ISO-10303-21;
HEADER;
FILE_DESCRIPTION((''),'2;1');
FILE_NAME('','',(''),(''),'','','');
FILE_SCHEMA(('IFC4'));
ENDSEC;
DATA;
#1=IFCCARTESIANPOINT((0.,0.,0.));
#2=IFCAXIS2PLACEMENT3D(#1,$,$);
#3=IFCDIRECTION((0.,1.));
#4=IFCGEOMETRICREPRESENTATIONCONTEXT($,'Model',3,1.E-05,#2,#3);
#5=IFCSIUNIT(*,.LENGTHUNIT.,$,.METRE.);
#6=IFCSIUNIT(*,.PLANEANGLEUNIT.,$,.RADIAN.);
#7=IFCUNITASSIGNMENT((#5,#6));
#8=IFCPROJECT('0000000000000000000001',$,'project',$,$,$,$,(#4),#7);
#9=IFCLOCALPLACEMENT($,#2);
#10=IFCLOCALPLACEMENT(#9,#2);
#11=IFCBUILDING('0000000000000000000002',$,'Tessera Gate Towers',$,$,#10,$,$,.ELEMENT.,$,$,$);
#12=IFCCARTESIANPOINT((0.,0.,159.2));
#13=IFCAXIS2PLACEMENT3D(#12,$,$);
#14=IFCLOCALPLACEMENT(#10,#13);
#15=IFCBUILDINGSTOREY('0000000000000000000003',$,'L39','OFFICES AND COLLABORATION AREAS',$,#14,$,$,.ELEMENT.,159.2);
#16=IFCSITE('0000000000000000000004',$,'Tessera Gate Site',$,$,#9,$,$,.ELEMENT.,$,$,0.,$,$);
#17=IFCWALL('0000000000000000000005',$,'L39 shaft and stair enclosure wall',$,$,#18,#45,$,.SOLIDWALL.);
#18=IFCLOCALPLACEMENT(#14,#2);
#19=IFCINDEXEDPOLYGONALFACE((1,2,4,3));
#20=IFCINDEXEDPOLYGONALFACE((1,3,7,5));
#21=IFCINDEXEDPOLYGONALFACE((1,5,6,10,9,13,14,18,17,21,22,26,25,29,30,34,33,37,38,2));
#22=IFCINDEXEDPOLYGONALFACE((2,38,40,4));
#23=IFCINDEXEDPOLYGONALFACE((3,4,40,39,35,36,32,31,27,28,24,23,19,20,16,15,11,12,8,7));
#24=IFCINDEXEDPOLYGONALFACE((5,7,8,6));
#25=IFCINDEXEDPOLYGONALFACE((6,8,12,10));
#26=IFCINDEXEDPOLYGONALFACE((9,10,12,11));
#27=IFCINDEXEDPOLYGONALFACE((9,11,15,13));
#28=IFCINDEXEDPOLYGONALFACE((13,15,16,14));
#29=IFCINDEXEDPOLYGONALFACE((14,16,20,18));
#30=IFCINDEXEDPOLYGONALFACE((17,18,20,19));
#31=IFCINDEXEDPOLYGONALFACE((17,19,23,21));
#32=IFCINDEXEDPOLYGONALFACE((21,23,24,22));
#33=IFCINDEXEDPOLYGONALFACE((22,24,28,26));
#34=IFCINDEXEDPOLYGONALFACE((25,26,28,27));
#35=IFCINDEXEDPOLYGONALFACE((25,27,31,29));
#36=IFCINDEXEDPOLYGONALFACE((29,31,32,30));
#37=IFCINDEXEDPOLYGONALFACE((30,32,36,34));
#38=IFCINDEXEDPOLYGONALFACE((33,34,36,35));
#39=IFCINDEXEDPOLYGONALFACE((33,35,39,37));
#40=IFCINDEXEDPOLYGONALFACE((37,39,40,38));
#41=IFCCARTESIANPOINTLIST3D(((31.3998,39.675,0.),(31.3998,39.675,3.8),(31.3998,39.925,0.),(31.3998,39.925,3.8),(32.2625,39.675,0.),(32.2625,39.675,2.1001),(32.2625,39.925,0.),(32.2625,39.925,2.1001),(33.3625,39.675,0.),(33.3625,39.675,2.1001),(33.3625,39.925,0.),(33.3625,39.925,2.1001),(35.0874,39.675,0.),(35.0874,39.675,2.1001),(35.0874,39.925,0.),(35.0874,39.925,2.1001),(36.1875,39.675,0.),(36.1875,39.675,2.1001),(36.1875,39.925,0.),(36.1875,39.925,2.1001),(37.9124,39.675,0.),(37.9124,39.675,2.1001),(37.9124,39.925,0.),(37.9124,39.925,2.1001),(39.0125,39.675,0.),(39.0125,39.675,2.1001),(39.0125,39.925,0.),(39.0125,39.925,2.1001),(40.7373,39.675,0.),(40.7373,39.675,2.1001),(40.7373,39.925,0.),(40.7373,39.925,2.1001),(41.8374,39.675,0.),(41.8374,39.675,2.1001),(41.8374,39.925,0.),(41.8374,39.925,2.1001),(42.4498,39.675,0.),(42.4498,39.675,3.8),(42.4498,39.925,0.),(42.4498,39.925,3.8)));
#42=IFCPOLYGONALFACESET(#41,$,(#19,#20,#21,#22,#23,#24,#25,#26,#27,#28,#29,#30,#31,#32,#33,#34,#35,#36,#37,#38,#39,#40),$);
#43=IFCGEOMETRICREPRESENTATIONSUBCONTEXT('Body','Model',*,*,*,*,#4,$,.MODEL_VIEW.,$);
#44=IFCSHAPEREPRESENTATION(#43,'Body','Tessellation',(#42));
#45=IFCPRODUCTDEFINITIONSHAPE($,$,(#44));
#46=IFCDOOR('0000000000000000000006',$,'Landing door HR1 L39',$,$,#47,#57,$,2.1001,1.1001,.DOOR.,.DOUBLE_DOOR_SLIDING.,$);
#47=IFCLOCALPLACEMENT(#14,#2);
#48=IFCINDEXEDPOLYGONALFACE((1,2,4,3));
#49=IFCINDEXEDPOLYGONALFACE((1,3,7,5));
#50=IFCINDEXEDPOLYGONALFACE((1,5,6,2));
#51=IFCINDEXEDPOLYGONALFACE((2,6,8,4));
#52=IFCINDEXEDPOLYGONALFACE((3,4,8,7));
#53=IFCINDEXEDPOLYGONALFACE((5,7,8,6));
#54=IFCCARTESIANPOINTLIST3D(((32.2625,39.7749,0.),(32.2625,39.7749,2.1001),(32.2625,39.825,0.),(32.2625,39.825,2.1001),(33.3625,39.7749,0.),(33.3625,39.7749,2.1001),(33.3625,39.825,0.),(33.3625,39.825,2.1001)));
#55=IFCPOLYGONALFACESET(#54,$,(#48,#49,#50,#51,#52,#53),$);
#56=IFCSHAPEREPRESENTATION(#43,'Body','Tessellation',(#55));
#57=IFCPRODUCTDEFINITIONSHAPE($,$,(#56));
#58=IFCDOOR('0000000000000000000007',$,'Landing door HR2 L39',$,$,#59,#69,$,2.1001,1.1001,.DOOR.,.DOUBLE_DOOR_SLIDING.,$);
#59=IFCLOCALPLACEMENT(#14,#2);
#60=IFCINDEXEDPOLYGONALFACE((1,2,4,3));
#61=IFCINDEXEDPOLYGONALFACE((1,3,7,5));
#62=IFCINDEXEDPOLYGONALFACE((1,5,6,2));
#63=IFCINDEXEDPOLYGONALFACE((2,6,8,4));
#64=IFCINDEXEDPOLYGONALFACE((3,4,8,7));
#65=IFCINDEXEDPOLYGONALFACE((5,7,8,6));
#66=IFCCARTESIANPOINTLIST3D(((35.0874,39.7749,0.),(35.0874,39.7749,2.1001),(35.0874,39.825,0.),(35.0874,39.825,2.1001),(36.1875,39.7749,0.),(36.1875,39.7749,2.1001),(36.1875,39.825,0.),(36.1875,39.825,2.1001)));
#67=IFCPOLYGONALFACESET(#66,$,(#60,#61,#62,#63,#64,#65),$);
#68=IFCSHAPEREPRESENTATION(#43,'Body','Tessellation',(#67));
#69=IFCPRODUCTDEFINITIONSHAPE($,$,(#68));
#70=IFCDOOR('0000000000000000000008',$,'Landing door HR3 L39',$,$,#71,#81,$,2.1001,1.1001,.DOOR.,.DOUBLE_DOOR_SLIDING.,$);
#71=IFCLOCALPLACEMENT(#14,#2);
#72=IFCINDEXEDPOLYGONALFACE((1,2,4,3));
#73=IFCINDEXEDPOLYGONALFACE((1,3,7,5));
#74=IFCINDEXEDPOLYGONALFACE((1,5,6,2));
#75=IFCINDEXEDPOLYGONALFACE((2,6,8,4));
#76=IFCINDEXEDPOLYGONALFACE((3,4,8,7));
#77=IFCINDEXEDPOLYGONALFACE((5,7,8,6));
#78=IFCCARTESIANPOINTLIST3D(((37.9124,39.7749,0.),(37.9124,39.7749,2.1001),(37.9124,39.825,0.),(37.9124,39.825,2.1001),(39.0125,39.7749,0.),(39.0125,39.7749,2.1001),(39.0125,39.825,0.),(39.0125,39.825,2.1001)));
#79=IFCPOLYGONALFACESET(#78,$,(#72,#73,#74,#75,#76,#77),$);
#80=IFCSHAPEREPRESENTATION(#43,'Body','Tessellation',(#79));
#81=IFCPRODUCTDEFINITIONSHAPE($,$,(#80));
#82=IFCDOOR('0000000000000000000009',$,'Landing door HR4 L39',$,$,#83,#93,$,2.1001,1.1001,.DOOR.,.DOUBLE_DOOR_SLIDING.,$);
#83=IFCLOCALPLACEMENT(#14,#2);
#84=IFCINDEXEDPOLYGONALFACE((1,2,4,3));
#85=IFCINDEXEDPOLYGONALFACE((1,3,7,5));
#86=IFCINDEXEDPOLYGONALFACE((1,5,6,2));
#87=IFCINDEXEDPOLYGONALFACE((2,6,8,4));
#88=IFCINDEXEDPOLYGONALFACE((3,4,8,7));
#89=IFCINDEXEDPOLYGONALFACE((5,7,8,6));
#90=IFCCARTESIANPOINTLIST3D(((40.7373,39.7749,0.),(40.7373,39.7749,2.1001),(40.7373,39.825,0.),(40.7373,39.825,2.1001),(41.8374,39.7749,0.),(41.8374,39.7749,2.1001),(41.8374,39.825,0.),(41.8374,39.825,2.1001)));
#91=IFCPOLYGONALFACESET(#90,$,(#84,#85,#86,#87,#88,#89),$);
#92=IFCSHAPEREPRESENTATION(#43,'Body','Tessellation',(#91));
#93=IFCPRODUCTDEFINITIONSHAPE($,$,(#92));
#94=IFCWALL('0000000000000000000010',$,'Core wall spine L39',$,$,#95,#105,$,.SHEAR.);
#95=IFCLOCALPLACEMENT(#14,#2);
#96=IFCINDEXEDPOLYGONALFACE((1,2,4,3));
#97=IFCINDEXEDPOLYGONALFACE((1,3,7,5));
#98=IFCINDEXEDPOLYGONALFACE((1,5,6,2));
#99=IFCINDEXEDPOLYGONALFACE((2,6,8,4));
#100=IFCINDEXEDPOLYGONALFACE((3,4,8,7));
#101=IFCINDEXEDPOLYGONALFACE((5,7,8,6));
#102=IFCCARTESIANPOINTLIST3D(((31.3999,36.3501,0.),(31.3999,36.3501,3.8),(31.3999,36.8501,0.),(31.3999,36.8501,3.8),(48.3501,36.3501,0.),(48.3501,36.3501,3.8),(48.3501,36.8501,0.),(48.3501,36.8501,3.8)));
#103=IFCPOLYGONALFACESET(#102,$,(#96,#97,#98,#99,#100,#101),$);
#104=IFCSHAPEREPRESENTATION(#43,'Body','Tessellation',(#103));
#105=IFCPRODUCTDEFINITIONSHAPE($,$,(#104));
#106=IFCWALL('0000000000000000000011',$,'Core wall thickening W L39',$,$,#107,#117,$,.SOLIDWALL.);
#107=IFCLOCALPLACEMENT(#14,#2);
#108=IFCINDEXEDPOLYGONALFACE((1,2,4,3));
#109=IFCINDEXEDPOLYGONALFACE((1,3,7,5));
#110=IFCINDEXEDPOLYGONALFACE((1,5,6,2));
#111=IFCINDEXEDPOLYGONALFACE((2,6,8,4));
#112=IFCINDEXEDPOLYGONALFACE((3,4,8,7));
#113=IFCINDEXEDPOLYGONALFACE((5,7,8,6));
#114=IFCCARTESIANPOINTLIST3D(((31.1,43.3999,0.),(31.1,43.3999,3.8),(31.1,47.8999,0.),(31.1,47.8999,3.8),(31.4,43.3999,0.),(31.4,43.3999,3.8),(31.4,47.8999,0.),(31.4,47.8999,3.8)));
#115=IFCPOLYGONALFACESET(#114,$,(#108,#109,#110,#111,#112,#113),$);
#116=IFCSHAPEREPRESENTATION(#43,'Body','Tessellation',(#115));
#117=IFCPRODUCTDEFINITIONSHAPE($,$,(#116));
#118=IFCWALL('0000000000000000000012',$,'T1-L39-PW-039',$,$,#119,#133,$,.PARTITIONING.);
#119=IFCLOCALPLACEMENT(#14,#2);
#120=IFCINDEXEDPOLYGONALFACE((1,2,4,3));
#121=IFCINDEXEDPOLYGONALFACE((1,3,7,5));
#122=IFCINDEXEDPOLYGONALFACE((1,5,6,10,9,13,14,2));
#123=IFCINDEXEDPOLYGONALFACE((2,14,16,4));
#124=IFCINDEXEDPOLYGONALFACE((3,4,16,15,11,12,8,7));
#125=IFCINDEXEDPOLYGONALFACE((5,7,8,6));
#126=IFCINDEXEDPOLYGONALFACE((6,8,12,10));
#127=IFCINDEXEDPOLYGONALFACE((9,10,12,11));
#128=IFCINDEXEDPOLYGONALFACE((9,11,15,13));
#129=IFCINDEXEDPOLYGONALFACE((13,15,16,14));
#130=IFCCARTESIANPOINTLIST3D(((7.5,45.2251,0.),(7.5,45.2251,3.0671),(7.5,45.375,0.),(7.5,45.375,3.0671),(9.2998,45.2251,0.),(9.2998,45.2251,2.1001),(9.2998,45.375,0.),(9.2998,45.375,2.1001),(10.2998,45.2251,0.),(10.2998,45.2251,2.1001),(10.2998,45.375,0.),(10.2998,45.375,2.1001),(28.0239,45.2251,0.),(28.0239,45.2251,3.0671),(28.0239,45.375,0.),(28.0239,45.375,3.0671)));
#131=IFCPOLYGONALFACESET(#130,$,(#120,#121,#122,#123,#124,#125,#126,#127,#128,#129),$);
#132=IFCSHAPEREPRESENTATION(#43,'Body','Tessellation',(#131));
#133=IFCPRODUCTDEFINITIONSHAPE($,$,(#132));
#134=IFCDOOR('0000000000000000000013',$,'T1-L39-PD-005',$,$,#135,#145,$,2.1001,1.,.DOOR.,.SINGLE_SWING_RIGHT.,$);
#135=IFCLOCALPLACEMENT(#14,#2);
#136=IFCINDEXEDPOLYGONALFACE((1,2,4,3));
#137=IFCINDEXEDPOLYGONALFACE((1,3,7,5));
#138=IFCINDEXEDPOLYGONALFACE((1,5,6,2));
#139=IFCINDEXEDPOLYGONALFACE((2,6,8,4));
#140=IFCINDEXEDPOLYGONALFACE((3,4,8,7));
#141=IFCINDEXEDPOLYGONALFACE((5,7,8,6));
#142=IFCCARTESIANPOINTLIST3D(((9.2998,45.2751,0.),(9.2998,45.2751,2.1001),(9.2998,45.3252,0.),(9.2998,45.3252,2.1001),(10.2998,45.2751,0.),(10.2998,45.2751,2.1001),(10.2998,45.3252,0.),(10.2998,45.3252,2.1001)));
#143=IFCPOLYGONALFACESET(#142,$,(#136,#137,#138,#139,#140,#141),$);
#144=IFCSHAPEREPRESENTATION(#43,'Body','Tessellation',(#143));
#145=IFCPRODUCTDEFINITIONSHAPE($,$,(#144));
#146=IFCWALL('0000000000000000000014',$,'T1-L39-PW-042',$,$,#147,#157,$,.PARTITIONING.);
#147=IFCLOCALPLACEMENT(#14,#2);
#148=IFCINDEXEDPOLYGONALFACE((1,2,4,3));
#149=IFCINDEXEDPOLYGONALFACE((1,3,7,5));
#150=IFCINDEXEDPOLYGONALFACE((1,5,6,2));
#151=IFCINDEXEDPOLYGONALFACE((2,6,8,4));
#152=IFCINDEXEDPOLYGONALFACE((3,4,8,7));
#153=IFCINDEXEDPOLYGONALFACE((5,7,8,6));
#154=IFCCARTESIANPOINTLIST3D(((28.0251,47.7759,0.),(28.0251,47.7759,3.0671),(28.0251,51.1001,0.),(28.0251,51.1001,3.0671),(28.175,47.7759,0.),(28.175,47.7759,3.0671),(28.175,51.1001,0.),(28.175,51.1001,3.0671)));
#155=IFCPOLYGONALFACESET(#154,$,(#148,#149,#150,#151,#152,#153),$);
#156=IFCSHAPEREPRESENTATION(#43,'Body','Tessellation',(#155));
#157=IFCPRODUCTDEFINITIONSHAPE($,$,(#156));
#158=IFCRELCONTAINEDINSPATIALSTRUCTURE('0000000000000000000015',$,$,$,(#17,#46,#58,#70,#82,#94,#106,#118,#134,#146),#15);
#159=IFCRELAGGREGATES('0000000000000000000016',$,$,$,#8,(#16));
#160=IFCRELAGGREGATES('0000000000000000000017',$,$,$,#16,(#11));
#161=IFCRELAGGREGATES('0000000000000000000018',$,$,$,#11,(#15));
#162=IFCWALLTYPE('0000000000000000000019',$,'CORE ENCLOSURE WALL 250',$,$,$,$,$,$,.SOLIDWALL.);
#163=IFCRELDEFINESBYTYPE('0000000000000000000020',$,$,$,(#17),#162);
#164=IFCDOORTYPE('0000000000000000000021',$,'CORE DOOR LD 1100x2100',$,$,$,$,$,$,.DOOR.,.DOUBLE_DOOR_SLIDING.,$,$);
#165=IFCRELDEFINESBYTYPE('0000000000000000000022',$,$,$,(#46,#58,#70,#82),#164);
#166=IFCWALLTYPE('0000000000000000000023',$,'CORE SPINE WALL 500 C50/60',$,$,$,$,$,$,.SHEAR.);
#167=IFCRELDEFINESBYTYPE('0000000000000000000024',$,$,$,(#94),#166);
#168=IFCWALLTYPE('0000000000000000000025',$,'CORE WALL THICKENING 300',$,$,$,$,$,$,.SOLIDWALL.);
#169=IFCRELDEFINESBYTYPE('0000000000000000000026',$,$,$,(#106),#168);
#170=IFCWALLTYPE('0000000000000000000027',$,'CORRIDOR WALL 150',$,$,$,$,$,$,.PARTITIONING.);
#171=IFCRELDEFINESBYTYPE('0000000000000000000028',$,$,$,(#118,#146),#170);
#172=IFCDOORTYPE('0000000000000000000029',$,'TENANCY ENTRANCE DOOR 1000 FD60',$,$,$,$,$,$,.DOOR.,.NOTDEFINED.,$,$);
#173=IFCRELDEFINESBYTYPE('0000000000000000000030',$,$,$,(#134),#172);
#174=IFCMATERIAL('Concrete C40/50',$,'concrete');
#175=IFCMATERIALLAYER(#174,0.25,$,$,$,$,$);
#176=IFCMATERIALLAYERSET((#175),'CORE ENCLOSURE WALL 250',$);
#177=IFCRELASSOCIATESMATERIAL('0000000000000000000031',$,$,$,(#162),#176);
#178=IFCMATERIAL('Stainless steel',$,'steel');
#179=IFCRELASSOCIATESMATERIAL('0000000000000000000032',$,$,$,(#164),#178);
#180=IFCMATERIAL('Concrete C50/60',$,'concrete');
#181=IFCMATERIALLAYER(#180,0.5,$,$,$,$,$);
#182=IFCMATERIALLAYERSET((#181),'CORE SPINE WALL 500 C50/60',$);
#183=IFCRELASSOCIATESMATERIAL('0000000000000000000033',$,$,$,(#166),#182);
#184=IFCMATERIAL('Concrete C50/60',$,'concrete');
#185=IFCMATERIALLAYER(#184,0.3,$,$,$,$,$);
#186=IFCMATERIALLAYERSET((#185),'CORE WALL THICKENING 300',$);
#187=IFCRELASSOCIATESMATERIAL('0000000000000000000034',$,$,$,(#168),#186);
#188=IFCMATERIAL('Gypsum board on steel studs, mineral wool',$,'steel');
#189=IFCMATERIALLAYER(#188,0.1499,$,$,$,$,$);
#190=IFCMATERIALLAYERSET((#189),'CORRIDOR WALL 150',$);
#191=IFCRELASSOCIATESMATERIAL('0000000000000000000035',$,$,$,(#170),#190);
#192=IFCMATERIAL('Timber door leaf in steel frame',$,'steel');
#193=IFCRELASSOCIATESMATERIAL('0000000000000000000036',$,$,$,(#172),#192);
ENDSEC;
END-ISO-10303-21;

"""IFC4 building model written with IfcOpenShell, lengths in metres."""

from ifc_helpers import new_model, si_unit, direction, frame, frame_2d, origin, place, context, subcontext, project, spatial, rectangle, extrude, source, transform, mapped, material, layer, layer_set, type_object, element, fill, save


model = new_model("IFC4")

# Units and contexts
model_context = context("Model", 3, precision=1e-05, world=origin(), true_north=direction((0.0, 1.0)))
body_context = subcontext(model_context, "Body", "Model", "MODEL_VIEW")
ifc_project = project(units=[si_unit("LENGTHUNIT", "METRE"), si_unit("PLANEANGLEUNIT", "RADIAN")], contexts=[model_context])

# Site, building, storey
site_placement = place(None, origin())
site = spatial("IfcSite", under=ifc_project, at=site_placement, Name="Tessera Gate Site", CompositionType="ELEMENT", RefElevation=0.0)
building_placement = place(site_placement, origin())
building = spatial("IfcBuilding", under=site, at=building_placement, Name="Tessera Gate Towers", CompositionType="ELEMENT")
storey_placement = place(building_placement, frame((0.0, 0.0, 159.2)))
storey = spatial("IfcBuildingStorey", under=building, at=storey_placement, Name="L39", Description="OFFICES AND COLLABORATION AREAS", CompositionType="ELEMENT", Elevation=159.2)

# Wall, openings, doors
ifc_material_1 = material(Name="Concrete C40/50", Category="concrete")
ifc_layer_1 = layer(ifc_material_1, 0.25)
ifc_layer_set_1 = layer_set([ifc_layer_1], Name="CORE ENCLOSURE WALL 250")
wall_type_1 = type_object("IfcWallType", Name="CORE ENCLOSURE WALL 250", PredefinedType="SOLIDWALL", material=ifc_layer_set_1)
wall_1_placement = place(storey_placement, frame((31.3999, 39.8, 0.0), z_axis=(0.0, 0.0, 1.0), x_axis=(1.0, 0.0, 0.0)))
wall_1 = element("IfcWall", 1, at=wall_1_placement, inside=storey, type_object=wall_type_1, Name="L39 shaft and stair enclosure wall", PredefinedType="SOLIDWALL", context=body_context, shape_type="SweptSolid", body=[
    extrude(rectangle(XDim=11.05, YDim=0.25, at=frame_2d((5.5249, 0.0))), origin(), (0.0, 0.0, 1.0), 3.8),
])
shared_shape_1 = source(origin(), body_context, "Body", "SweptSolid", [
    extrude(rectangle(XDim=1.1001, YDim=2.1001, at=frame_2d((0.55, 1.05))), frame((0.0, 0.135, 0.0), z_axis=(0.0, -1.0, 0.0), x_axis=(1.0, 0.0, 0.0)), (0.0, 0.0, 1.0), 0.27),
])
opening_1_placement = place(wall_1_placement, frame((0.8625, 0.0, 0.0)))
opening_1 = element("IfcOpeningElement", 2, at=opening_1_placement, cuts=wall_1, PredefinedType="OPENING", context=body_context, shape_type="MappedRepresentation", body=[
    mapped(shared_shape_1, transform((0.0, 0.0, 0.0), scale=1.0)),
])
opening_2_placement = place(wall_1_placement, frame((3.6875, 0.0, 0.0)))
opening_2 = element("IfcOpeningElement", 3, at=opening_2_placement, cuts=wall_1, PredefinedType="OPENING", context=body_context, shape_type="MappedRepresentation", body=[
    mapped(shared_shape_1, transform((0.0, 0.0, 0.0), scale=1.0)),
])
opening_3_placement = place(wall_1_placement, frame((6.5125, 0.0, 0.0)))
opening_3 = element("IfcOpeningElement", 4, at=opening_3_placement, cuts=wall_1, PredefinedType="OPENING", context=body_context, shape_type="MappedRepresentation", body=[
    mapped(shared_shape_1, transform((0.0, 0.0, 0.0), scale=1.0)),
])
opening_4_placement = place(wall_1_placement, frame((9.3374, 0.0, 0.0)))
opening_4 = element("IfcOpeningElement", 5, at=opening_4_placement, cuts=wall_1, PredefinedType="OPENING", context=body_context, shape_type="MappedRepresentation", body=[
    mapped(shared_shape_1, transform((0.0, 0.0, 0.0), scale=1.0)),
])
ifc_material_2 = material(Name="Stainless steel", Category="steel")
door_type_1 = type_object("IfcDoorType", Name="CORE DOOR LD 1100x2100", OperationType="DOUBLE_DOOR_SLIDING", PredefinedType="DOOR", material=ifc_material_2)
shared_shape_2 = source(origin(), body_context, "Body", "SweptSolid", [
    extrude(rectangle(XDim=1.1001, YDim=2.1001, at=frame_2d((0.55, 1.05))), frame((0.0, 0.0249, 0.0), z_axis=(0.0, -1.0, 0.0), x_axis=(1.0, 0.0, 0.0)), (0.0, 0.0, 1.0), 0.05),
])
door_1_placement = place(opening_1_placement, origin())
door_1 = element("IfcDoor", 6, at=door_1_placement, inside=storey, type_object=door_type_1, Name="Landing door HR1 L39", OperationType="DOUBLE_DOOR_SLIDING", OverallHeight=2.1001, OverallWidth=1.1001, PredefinedType="DOOR", context=body_context, shape_type="MappedRepresentation", body=[
    mapped(shared_shape_2, transform((0.0, 0.0, 0.0), scale=1.0)),
])
fill(opening_1, door_1)
door_2_placement = place(opening_2_placement, origin())
door_2 = element("IfcDoor", 7, at=door_2_placement, inside=storey, type_object=door_type_1, Name="Landing door HR2 L39", OperationType="DOUBLE_DOOR_SLIDING", OverallHeight=2.1001, OverallWidth=1.1001, PredefinedType="DOOR", context=body_context, shape_type="MappedRepresentation", body=[
    mapped(shared_shape_2, transform((0.0, 0.0, 0.0), scale=1.0)),
])
fill(opening_2, door_2)
door_3_placement = place(opening_3_placement, origin())
door_3 = element("IfcDoor", 8, at=door_3_placement, inside=storey, type_object=door_type_1, Name="Landing door HR3 L39", OperationType="DOUBLE_DOOR_SLIDING", OverallHeight=2.1001, OverallWidth=1.1001, PredefinedType="DOOR", context=body_context, shape_type="MappedRepresentation", body=[
    mapped(shared_shape_2, transform((0.0, 0.0, 0.0), scale=1.0)),
])
fill(opening_3, door_3)
door_4_placement = place(opening_4_placement, origin())
door_4 = element("IfcDoor", 9, at=door_4_placement, inside=storey, type_object=door_type_1, Name="Landing door HR4 L39", OperationType="DOUBLE_DOOR_SLIDING", OverallHeight=2.1001, OverallWidth=1.1001, PredefinedType="DOOR", context=body_context, shape_type="MappedRepresentation", body=[
    mapped(shared_shape_2, transform((0.0, 0.0, 0.0), scale=1.0)),
])
fill(opening_4, door_4)

# Walls
ifc_material_3 = material(Name="Concrete C50/60", Category="concrete")
ifc_layer_2 = layer(ifc_material_3, 0.5)
ifc_layer_set_2 = layer_set([ifc_layer_2], Name="CORE SPINE WALL 500 C50/60")
wall_type_2 = type_object("IfcWallType", Name="CORE SPINE WALL 500 C50/60", PredefinedType="SHEAR", material=ifc_layer_set_2)
wall_2_placement = place(storey_placement, frame((31.3999, 36.6001, 0.0), z_axis=(0.0, 0.0, 1.0), x_axis=(1.0, 0.0, 0.0)))
element("IfcWall", 10, at=wall_2_placement, inside=storey, type_object=wall_type_2, Name="Core wall spine L39", PredefinedType="SHEAR", context=body_context, shape_type="SweptSolid", body=[
    extrude(rectangle(XDim=16.9502, YDim=0.5, at=frame_2d((8.4751, 0.0))), origin(), (0.0, 0.0, 1.0), 3.8),
])
ifc_material_4 = material(Name="Concrete C50/60", Category="concrete")
ifc_layer_3 = layer(ifc_material_4, 0.3)
ifc_layer_set_3 = layer_set([ifc_layer_3], Name="CORE WALL THICKENING 300")
wall_type_3 = type_object("IfcWallType", Name="CORE WALL THICKENING 300", PredefinedType="SOLIDWALL", material=ifc_layer_set_3)
wall_3_placement = place(storey_placement, frame((31.25, 43.3999, 0.0), z_axis=(0.0, 0.0, 1.0), x_axis=(0.0, 1.0, 0.0)))
element("IfcWall", 11, at=wall_3_placement, inside=storey, type_object=wall_type_3, Name="Core wall thickening W L39", PredefinedType="SOLIDWALL", context=body_context, shape_type="SweptSolid", body=[
    extrude(rectangle(XDim=4.5, YDim=0.3, at=frame_2d((2.25, 0.0))), origin(), (0.0, 0.0, 1.0), 3.8),
])

# Wall, opening, door
ifc_material_5 = material(Name="Gypsum board on steel studs, mineral wool", Category="steel")
ifc_layer_4 = layer(ifc_material_5, 0.1499)
ifc_layer_set_4 = layer_set([ifc_layer_4], Name="CORRIDOR WALL 150")
wall_type_4 = type_object("IfcWallType", Name="CORRIDOR WALL 150", PredefinedType="PARTITIONING", material=ifc_layer_set_4)
wall_4_placement = place(storey_placement, frame((28.0239, 45.3, 0.0), z_axis=(0.0, 0.0, 1.0), x_axis=(-1.0, 0.0, 0.0)))
wall_4 = element("IfcWall", 12, at=wall_4_placement, inside=storey, type_object=wall_type_4, Name="T1-L39-PW-039", PredefinedType="PARTITIONING", context=body_context, shape_type="SweptSolid", body=[
    extrude(rectangle(XDim=20.5239, YDim=0.1499, at=frame_2d((10.262, 0.0))), origin(), (0.0, 0.0, 1.0), 3.0671),
])
shared_shape_3 = source(origin(), body_context, "Body", "SweptSolid", [
    extrude(rectangle(XDim=1.0, YDim=2.1001, at=frame_2d((0.5, 1.05))), frame((0.0, 0.085, 0.0), z_axis=(0.0, -1.0, 0.0), x_axis=(1.0, 0.0, 0.0)), (0.0, 0.0, 1.0), 0.1699),
])
opening_5_placement = place(wall_4_placement, frame((17.7241, 0.0, 0.0)))
opening_5 = element("IfcOpeningElement", 13, at=opening_5_placement, cuts=wall_4, PredefinedType="OPENING", context=body_context, shape_type="MappedRepresentation", body=[
    mapped(shared_shape_3, transform((0.0, 0.0, 0.0), scale=1.0)),
])
ifc_material_6 = material(Name="Timber door leaf in steel frame", Category="steel")
door_type_2 = type_object("IfcDoorType", Name="TENANCY ENTRANCE DOOR 1000 FD60", OperationType="NOTDEFINED", PredefinedType="DOOR", material=ifc_material_6)
shared_shape_4 = source(origin(), body_context, "Body", "SweptSolid", [
    extrude(rectangle(XDim=1.0, YDim=2.1001, at=frame_2d((0.5, 1.05))), frame((0.0, 0.0249, 0.0), z_axis=(0.0, -1.0, 0.0), x_axis=(1.0, 0.0, 0.0)), (0.0, 0.0, 1.0), 0.05),
])
door_5_placement = place(opening_5_placement, origin())
door_5 = element("IfcDoor", 14, at=door_5_placement, inside=storey, type_object=door_type_2, Name="T1-L39-PD-005", OperationType="SINGLE_SWING_RIGHT", OverallHeight=2.1001, OverallWidth=1.0, PredefinedType="DOOR", context=body_context, shape_type="MappedRepresentation", body=[
    mapped(shared_shape_4, transform((0.0, 0.0, 0.0), scale=1.0)),
])
fill(opening_5, door_5)

# Wall
wall_5_placement = place(storey_placement, frame((28.1001, 47.7759, 0.0), z_axis=(0.0, 0.0, 1.0), x_axis=(0.0, 1.0, 0.0)))
element("IfcWall", 15, at=wall_5_placement, inside=storey, type_object=wall_type_4, Name="T1-L39-PW-042", PredefinedType="PARTITIONING", context=body_context, shape_type="SweptSolid", body=[
    extrude(rectangle(XDim=3.3242, YDim=0.1499, at=frame_2d((1.6621, 0.0))), origin(), (0.0, 0.0, 1.0), 3.0671),
])

save(model, "model.ifc")
